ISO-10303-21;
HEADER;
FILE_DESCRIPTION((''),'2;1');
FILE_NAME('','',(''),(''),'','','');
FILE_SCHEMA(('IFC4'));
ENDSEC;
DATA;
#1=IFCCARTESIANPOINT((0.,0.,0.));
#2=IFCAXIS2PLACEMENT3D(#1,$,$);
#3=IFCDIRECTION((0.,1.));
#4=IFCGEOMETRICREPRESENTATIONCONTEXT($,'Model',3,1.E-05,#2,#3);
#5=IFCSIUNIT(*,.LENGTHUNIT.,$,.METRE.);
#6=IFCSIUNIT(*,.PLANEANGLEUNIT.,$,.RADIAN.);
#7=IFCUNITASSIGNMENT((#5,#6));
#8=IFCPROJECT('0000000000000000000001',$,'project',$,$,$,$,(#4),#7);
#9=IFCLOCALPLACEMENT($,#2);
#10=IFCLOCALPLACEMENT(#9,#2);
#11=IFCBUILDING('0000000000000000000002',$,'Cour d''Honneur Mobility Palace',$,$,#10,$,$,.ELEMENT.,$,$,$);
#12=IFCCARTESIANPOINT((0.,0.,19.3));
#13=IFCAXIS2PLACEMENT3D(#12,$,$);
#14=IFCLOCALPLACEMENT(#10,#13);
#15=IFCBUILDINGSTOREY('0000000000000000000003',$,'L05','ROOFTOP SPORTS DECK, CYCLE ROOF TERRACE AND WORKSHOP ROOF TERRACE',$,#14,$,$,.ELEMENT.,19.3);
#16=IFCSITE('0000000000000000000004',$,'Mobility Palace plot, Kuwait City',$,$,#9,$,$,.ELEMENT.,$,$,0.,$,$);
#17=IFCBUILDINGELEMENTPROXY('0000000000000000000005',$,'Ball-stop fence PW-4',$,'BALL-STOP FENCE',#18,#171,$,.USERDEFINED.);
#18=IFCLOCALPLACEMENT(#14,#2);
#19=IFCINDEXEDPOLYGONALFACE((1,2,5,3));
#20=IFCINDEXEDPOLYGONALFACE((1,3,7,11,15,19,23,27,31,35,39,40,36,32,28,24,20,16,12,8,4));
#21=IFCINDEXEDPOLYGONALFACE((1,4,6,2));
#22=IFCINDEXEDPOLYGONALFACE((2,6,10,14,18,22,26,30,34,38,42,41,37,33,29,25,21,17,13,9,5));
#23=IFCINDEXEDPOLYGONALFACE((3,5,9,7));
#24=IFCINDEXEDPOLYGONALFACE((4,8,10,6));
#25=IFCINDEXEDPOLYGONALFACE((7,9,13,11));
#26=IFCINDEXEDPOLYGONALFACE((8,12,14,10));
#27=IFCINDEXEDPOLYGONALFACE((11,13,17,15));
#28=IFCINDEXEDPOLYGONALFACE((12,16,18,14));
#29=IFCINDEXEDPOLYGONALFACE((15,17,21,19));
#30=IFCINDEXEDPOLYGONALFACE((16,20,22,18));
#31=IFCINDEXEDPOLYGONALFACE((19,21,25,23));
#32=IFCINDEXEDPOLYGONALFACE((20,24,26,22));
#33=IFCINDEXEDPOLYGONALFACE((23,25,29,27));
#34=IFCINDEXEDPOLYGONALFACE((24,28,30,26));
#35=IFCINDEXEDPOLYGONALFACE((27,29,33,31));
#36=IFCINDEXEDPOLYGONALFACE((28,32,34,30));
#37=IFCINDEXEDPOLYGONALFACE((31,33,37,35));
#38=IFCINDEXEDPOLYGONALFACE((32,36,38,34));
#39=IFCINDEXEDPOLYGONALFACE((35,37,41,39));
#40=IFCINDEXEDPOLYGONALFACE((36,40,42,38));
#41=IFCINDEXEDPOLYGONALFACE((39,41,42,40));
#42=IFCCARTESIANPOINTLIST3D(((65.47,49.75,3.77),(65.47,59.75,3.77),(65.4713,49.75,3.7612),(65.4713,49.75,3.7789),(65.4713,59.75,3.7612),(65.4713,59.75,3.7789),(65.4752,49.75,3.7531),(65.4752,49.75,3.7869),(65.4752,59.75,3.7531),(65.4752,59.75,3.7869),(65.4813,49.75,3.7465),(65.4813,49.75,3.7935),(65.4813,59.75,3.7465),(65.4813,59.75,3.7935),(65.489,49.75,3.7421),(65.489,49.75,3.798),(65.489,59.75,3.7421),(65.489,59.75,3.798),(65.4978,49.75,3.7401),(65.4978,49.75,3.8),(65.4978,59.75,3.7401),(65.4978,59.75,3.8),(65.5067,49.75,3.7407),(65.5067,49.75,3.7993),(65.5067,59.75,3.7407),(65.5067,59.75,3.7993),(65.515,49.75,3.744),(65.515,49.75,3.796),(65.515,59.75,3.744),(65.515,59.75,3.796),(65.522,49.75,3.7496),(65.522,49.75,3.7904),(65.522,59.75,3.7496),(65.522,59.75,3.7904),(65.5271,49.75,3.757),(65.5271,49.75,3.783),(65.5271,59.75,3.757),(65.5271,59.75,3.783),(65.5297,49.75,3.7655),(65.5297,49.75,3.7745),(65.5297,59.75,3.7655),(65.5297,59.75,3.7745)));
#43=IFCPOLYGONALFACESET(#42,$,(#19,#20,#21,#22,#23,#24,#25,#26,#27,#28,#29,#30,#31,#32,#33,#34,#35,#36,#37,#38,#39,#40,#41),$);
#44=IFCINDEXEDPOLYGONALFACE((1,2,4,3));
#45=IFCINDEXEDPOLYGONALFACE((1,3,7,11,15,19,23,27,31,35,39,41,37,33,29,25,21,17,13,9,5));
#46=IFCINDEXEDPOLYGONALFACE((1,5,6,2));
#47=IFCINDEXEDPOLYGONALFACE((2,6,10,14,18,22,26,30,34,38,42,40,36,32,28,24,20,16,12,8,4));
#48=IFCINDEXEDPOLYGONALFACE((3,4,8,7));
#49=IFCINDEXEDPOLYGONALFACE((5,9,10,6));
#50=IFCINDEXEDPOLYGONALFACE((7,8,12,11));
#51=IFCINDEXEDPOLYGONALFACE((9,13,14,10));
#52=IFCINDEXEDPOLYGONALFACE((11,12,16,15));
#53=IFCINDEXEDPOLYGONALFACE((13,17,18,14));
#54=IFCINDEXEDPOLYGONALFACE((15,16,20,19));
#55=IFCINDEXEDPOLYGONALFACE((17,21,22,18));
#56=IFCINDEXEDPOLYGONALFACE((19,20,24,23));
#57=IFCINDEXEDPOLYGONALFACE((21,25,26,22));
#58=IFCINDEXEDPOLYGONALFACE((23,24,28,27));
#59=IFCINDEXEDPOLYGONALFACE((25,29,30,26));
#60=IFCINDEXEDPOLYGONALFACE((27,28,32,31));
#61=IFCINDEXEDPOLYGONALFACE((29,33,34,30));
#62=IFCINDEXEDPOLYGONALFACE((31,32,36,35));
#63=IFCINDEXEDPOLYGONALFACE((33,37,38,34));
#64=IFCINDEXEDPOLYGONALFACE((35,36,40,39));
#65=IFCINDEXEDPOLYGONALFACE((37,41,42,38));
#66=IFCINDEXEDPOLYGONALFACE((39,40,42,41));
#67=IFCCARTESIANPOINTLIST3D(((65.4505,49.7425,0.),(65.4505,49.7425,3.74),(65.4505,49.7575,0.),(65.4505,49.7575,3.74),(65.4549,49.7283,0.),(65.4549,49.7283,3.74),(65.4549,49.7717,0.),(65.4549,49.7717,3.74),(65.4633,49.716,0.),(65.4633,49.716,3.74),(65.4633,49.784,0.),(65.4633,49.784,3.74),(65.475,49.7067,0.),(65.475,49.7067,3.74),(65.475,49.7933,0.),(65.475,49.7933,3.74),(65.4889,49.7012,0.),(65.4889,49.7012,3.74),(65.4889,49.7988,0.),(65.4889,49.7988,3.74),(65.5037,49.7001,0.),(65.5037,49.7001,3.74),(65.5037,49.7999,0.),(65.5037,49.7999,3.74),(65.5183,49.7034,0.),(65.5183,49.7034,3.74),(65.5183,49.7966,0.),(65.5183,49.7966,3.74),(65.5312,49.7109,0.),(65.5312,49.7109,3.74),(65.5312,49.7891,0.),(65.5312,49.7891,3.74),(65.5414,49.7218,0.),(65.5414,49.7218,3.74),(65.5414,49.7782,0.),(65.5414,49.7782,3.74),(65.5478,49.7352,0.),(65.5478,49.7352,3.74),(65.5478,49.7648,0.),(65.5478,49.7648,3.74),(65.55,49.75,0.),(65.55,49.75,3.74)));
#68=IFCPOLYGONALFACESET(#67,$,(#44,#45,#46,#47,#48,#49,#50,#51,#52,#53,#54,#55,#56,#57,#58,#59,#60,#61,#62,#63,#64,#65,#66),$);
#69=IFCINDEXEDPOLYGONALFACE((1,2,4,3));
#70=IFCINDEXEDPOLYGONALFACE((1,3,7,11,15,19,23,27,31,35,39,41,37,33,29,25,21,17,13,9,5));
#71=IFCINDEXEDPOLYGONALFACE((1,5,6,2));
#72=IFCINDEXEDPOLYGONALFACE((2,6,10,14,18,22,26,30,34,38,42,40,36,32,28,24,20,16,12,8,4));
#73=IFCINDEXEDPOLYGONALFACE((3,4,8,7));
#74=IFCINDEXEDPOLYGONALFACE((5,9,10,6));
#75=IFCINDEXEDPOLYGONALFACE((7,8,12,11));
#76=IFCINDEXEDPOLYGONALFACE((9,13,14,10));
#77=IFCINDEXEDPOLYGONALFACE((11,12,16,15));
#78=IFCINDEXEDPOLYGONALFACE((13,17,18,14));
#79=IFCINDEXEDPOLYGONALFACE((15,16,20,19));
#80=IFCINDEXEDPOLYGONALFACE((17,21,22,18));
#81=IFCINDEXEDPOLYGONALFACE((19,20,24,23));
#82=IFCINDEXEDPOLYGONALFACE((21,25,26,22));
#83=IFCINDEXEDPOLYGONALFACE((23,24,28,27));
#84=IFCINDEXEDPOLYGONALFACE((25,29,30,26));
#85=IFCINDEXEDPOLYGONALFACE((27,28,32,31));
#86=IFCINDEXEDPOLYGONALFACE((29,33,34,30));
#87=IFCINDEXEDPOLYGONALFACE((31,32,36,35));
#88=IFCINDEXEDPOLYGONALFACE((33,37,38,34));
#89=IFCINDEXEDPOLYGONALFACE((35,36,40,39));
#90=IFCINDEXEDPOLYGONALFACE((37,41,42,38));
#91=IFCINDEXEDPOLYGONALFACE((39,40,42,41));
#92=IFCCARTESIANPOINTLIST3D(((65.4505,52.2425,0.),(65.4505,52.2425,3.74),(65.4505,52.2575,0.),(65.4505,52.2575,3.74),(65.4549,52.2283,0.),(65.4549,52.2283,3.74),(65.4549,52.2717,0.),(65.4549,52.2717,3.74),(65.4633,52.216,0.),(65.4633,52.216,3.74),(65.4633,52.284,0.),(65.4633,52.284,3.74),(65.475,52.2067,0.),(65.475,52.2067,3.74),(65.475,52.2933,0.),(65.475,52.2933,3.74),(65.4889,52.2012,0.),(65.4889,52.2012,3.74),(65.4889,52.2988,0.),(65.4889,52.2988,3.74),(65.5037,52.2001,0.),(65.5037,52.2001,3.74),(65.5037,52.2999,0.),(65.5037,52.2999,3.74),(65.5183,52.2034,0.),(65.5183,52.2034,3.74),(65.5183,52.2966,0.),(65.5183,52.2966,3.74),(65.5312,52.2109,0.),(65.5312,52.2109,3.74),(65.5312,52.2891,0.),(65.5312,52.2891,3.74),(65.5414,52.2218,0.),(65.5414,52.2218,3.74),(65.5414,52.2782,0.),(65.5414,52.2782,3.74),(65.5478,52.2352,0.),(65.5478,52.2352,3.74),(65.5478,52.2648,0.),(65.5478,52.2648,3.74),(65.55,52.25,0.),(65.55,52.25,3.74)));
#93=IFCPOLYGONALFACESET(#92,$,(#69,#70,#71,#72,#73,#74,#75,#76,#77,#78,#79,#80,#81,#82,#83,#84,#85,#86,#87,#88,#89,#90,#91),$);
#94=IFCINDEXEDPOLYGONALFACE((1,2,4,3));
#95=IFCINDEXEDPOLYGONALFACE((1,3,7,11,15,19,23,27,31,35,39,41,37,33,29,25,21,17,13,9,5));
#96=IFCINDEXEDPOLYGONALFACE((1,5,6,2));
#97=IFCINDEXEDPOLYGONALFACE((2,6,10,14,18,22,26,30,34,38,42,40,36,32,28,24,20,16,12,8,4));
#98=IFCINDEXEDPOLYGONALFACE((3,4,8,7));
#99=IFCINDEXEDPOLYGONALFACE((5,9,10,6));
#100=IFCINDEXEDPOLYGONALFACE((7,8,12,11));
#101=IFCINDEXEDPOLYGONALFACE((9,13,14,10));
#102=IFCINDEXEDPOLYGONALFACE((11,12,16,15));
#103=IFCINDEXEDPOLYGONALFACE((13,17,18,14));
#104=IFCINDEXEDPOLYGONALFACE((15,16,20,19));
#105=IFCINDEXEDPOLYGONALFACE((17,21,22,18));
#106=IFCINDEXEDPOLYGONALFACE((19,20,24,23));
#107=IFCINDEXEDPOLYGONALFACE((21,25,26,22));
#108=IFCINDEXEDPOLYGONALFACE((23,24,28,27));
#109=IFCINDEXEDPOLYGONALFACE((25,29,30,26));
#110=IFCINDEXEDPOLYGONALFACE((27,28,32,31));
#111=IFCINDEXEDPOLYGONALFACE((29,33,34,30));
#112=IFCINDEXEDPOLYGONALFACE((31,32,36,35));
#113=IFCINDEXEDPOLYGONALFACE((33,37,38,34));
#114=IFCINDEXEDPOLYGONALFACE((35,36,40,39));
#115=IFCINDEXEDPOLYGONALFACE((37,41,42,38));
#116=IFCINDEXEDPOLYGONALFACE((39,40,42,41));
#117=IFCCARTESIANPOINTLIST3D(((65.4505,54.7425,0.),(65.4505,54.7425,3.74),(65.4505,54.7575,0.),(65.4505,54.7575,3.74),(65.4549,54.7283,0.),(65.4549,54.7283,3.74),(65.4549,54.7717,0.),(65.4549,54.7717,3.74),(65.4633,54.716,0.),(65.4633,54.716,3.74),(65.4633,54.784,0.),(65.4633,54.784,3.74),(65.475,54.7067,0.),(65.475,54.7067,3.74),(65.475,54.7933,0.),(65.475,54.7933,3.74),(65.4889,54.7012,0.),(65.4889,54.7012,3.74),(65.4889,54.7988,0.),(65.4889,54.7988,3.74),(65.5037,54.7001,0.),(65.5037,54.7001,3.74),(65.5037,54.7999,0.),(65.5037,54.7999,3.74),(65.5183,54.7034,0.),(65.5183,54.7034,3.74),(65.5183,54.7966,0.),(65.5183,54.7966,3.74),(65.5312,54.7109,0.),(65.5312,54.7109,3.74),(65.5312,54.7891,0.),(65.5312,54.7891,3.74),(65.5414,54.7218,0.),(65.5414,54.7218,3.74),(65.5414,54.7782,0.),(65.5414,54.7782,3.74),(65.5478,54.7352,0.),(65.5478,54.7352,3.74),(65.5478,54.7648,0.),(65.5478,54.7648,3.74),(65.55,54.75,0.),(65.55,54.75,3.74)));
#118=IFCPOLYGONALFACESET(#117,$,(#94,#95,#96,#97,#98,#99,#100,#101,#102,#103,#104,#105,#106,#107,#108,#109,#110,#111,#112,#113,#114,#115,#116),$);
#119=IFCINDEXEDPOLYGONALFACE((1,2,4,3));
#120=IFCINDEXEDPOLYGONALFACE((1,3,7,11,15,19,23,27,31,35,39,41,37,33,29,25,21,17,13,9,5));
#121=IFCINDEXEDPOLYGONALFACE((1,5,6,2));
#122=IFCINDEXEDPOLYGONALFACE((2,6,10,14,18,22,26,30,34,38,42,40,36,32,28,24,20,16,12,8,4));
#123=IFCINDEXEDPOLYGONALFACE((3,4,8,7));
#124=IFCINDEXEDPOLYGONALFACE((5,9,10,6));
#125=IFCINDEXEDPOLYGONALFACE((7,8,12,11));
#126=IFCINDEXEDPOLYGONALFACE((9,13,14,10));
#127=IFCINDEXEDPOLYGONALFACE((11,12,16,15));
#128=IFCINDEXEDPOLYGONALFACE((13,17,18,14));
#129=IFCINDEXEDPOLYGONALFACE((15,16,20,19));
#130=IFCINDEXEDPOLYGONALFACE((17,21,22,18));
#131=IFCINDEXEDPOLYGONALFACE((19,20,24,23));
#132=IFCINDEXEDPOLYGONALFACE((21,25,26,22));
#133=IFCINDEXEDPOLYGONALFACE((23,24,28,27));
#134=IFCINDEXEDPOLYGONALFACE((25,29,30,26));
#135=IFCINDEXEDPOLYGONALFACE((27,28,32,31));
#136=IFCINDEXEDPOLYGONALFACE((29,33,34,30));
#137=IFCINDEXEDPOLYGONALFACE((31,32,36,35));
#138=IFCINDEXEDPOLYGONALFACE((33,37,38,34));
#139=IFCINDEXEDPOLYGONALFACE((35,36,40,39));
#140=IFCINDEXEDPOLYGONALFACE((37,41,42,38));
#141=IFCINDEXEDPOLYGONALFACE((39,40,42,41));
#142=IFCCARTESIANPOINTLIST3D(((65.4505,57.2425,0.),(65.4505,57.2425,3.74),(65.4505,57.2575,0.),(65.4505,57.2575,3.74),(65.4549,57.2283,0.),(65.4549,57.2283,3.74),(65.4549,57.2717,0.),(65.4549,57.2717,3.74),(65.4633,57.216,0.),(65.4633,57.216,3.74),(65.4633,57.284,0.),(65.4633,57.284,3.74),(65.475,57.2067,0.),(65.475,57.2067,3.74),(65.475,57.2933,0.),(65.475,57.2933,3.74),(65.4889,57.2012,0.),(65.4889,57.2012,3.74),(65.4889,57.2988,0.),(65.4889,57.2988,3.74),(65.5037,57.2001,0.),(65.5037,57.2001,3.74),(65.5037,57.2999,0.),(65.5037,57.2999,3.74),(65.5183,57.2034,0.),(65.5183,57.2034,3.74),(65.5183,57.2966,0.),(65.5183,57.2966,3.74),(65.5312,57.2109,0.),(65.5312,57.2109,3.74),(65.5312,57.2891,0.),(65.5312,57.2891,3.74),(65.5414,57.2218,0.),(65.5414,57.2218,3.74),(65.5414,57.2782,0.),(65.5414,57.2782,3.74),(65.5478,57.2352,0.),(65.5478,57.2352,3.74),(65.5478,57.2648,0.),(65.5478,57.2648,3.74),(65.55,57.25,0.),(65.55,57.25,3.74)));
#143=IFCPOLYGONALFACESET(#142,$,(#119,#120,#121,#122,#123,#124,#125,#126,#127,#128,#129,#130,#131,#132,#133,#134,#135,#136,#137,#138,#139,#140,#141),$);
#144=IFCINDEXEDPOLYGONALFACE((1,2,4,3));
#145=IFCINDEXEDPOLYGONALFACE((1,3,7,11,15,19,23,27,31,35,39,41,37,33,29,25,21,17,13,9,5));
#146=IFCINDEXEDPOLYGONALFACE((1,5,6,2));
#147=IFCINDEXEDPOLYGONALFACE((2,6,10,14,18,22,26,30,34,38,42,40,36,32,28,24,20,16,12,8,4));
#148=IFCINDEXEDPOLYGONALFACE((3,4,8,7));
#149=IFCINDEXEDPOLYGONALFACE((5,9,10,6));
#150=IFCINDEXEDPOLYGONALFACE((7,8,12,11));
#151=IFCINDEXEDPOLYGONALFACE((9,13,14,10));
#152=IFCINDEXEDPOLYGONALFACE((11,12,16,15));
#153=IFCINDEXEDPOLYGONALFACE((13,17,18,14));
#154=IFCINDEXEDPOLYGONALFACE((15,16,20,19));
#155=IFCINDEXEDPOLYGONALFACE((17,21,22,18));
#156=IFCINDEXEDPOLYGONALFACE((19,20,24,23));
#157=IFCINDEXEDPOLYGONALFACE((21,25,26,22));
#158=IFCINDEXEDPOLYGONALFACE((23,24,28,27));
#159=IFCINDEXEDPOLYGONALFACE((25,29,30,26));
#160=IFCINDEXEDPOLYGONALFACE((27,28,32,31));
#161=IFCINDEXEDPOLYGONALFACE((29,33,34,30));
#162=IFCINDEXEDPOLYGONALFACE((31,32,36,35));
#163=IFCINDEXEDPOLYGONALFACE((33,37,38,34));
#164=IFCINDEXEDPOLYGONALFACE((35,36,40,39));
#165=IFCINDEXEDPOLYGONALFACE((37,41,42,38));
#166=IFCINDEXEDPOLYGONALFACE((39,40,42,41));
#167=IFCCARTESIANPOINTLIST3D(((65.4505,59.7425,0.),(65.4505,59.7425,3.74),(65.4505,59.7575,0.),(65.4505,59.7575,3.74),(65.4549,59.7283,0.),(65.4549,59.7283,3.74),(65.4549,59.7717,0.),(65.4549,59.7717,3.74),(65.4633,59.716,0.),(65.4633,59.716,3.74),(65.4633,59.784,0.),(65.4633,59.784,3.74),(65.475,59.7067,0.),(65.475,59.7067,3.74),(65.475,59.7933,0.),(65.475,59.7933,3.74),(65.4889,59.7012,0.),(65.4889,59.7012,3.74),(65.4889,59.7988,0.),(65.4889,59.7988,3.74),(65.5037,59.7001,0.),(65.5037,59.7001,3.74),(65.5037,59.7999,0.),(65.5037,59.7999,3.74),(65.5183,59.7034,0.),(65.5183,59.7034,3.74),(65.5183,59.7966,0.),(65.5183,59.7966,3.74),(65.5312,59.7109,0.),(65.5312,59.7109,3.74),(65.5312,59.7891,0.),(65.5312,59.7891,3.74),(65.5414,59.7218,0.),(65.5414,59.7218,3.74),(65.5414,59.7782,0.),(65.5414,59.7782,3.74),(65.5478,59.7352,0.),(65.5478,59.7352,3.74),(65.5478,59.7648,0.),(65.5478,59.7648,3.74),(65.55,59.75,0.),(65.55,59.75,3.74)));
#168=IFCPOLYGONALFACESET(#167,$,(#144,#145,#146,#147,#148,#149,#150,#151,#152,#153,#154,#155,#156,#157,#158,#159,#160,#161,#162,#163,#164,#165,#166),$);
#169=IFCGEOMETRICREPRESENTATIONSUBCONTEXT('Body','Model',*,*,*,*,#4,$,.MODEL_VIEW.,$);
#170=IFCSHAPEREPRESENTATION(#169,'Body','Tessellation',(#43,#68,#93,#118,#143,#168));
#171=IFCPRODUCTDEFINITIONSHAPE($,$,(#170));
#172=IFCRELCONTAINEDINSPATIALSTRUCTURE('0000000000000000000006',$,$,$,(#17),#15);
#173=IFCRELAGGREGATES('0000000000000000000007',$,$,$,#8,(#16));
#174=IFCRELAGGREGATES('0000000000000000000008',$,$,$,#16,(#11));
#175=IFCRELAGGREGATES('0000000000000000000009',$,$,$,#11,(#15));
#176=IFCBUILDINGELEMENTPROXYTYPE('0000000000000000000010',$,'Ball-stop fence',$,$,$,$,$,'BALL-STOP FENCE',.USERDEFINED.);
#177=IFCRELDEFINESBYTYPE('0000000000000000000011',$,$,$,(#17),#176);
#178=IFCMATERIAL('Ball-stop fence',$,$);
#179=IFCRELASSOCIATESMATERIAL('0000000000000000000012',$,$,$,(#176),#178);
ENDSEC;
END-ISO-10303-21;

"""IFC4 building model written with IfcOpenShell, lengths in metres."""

from ifc_helpers import new_model, si_unit, direction, frame, origin, origin_2d, place, context, subcontext, project, spatial, circle, extrude, material, type_object, element, save


model = new_model("IFC4")

# Units and contexts
model_context = context("Model", 3, precision=1e-05, world=origin(), true_north=direction((0.0, 1.0)))
body_context = subcontext(model_context, "Body", "Model", "MODEL_VIEW")
ifc_project = project(units=[si_unit("LENGTHUNIT", "METRE"), si_unit("PLANEANGLEUNIT", "RADIAN")], contexts=[model_context])

# Site, building, storey
site_placement = place(None, origin())
site = spatial("IfcSite", under=ifc_project, at=site_placement, Name="Mobility Palace plot, Kuwait City", CompositionType="ELEMENT", RefElevation=0.0)
building_placement = place(site_placement, origin())
building = spatial("IfcBuilding", under=site, at=building_placement, Name="Cour d'Honneur Mobility Palace", CompositionType="ELEMENT")
storey_placement = place(building_placement, frame((0.0, 0.0, 19.3)))
storey = spatial("IfcBuildingStorey", under=building, at=storey_placement, Name="L05", Description="ROOFTOP SPORTS DECK, CYCLE ROOF TERRACE AND WORKSHOP ROOF TERRACE", CompositionType="ELEMENT", Elevation=19.3)

# Building element proxy
ifc_material_1 = material(Name="Ball-stop fence")
building_element_proxy_type = type_object("IfcBuildingElementProxyType", Name="Ball-stop fence", ElementType="BALL-STOP FENCE", PredefinedType="USERDEFINED", material=ifc_material_1)
proxy_placement = place(storey_placement, frame((65.5, 49.75, 0.0)))
element("IfcBuildingElementProxy", 1, at=proxy_placement, inside=storey, type_object=building_element_proxy_type, Name="Ball-stop fence PW-4", ObjectType="BALL-STOP FENCE", PredefinedType="USERDEFINED", context=body_context, shape_type="SweptSolid", body=[
    extrude(circle(Radius=0.03, at=origin_2d()), frame((0.0, 0.0, 3.77), z_axis=(0.0, 1.0, 0.0), x_axis=(-1.0, 0.0, 0.0)), (0.0, 0.0, 1.0), 10.0),
    extrude(circle(Radius=0.05, at=origin_2d()), origin(), (0.0, 0.0, 1.0), 3.74),
    extrude(circle(Radius=0.05, at=origin_2d()), frame((0.0, 2.5, 0.0)), (0.0, 0.0, 1.0), 3.74),
    extrude(circle(Radius=0.05, at=origin_2d()), frame((0.0, 5.0, 0.0)), (0.0, 0.0, 1.0), 3.74),
    extrude(circle(Radius=0.05, at=origin_2d()), frame((0.0, 7.5, 0.0)), (0.0, 0.0, 1.0), 3.74),
    extrude(circle(Radius=0.05, at=origin_2d()), frame((0.0, 10.0, 0.0)), (0.0, 0.0, 1.0), 3.74),
])

save(model, "model.ifc")
